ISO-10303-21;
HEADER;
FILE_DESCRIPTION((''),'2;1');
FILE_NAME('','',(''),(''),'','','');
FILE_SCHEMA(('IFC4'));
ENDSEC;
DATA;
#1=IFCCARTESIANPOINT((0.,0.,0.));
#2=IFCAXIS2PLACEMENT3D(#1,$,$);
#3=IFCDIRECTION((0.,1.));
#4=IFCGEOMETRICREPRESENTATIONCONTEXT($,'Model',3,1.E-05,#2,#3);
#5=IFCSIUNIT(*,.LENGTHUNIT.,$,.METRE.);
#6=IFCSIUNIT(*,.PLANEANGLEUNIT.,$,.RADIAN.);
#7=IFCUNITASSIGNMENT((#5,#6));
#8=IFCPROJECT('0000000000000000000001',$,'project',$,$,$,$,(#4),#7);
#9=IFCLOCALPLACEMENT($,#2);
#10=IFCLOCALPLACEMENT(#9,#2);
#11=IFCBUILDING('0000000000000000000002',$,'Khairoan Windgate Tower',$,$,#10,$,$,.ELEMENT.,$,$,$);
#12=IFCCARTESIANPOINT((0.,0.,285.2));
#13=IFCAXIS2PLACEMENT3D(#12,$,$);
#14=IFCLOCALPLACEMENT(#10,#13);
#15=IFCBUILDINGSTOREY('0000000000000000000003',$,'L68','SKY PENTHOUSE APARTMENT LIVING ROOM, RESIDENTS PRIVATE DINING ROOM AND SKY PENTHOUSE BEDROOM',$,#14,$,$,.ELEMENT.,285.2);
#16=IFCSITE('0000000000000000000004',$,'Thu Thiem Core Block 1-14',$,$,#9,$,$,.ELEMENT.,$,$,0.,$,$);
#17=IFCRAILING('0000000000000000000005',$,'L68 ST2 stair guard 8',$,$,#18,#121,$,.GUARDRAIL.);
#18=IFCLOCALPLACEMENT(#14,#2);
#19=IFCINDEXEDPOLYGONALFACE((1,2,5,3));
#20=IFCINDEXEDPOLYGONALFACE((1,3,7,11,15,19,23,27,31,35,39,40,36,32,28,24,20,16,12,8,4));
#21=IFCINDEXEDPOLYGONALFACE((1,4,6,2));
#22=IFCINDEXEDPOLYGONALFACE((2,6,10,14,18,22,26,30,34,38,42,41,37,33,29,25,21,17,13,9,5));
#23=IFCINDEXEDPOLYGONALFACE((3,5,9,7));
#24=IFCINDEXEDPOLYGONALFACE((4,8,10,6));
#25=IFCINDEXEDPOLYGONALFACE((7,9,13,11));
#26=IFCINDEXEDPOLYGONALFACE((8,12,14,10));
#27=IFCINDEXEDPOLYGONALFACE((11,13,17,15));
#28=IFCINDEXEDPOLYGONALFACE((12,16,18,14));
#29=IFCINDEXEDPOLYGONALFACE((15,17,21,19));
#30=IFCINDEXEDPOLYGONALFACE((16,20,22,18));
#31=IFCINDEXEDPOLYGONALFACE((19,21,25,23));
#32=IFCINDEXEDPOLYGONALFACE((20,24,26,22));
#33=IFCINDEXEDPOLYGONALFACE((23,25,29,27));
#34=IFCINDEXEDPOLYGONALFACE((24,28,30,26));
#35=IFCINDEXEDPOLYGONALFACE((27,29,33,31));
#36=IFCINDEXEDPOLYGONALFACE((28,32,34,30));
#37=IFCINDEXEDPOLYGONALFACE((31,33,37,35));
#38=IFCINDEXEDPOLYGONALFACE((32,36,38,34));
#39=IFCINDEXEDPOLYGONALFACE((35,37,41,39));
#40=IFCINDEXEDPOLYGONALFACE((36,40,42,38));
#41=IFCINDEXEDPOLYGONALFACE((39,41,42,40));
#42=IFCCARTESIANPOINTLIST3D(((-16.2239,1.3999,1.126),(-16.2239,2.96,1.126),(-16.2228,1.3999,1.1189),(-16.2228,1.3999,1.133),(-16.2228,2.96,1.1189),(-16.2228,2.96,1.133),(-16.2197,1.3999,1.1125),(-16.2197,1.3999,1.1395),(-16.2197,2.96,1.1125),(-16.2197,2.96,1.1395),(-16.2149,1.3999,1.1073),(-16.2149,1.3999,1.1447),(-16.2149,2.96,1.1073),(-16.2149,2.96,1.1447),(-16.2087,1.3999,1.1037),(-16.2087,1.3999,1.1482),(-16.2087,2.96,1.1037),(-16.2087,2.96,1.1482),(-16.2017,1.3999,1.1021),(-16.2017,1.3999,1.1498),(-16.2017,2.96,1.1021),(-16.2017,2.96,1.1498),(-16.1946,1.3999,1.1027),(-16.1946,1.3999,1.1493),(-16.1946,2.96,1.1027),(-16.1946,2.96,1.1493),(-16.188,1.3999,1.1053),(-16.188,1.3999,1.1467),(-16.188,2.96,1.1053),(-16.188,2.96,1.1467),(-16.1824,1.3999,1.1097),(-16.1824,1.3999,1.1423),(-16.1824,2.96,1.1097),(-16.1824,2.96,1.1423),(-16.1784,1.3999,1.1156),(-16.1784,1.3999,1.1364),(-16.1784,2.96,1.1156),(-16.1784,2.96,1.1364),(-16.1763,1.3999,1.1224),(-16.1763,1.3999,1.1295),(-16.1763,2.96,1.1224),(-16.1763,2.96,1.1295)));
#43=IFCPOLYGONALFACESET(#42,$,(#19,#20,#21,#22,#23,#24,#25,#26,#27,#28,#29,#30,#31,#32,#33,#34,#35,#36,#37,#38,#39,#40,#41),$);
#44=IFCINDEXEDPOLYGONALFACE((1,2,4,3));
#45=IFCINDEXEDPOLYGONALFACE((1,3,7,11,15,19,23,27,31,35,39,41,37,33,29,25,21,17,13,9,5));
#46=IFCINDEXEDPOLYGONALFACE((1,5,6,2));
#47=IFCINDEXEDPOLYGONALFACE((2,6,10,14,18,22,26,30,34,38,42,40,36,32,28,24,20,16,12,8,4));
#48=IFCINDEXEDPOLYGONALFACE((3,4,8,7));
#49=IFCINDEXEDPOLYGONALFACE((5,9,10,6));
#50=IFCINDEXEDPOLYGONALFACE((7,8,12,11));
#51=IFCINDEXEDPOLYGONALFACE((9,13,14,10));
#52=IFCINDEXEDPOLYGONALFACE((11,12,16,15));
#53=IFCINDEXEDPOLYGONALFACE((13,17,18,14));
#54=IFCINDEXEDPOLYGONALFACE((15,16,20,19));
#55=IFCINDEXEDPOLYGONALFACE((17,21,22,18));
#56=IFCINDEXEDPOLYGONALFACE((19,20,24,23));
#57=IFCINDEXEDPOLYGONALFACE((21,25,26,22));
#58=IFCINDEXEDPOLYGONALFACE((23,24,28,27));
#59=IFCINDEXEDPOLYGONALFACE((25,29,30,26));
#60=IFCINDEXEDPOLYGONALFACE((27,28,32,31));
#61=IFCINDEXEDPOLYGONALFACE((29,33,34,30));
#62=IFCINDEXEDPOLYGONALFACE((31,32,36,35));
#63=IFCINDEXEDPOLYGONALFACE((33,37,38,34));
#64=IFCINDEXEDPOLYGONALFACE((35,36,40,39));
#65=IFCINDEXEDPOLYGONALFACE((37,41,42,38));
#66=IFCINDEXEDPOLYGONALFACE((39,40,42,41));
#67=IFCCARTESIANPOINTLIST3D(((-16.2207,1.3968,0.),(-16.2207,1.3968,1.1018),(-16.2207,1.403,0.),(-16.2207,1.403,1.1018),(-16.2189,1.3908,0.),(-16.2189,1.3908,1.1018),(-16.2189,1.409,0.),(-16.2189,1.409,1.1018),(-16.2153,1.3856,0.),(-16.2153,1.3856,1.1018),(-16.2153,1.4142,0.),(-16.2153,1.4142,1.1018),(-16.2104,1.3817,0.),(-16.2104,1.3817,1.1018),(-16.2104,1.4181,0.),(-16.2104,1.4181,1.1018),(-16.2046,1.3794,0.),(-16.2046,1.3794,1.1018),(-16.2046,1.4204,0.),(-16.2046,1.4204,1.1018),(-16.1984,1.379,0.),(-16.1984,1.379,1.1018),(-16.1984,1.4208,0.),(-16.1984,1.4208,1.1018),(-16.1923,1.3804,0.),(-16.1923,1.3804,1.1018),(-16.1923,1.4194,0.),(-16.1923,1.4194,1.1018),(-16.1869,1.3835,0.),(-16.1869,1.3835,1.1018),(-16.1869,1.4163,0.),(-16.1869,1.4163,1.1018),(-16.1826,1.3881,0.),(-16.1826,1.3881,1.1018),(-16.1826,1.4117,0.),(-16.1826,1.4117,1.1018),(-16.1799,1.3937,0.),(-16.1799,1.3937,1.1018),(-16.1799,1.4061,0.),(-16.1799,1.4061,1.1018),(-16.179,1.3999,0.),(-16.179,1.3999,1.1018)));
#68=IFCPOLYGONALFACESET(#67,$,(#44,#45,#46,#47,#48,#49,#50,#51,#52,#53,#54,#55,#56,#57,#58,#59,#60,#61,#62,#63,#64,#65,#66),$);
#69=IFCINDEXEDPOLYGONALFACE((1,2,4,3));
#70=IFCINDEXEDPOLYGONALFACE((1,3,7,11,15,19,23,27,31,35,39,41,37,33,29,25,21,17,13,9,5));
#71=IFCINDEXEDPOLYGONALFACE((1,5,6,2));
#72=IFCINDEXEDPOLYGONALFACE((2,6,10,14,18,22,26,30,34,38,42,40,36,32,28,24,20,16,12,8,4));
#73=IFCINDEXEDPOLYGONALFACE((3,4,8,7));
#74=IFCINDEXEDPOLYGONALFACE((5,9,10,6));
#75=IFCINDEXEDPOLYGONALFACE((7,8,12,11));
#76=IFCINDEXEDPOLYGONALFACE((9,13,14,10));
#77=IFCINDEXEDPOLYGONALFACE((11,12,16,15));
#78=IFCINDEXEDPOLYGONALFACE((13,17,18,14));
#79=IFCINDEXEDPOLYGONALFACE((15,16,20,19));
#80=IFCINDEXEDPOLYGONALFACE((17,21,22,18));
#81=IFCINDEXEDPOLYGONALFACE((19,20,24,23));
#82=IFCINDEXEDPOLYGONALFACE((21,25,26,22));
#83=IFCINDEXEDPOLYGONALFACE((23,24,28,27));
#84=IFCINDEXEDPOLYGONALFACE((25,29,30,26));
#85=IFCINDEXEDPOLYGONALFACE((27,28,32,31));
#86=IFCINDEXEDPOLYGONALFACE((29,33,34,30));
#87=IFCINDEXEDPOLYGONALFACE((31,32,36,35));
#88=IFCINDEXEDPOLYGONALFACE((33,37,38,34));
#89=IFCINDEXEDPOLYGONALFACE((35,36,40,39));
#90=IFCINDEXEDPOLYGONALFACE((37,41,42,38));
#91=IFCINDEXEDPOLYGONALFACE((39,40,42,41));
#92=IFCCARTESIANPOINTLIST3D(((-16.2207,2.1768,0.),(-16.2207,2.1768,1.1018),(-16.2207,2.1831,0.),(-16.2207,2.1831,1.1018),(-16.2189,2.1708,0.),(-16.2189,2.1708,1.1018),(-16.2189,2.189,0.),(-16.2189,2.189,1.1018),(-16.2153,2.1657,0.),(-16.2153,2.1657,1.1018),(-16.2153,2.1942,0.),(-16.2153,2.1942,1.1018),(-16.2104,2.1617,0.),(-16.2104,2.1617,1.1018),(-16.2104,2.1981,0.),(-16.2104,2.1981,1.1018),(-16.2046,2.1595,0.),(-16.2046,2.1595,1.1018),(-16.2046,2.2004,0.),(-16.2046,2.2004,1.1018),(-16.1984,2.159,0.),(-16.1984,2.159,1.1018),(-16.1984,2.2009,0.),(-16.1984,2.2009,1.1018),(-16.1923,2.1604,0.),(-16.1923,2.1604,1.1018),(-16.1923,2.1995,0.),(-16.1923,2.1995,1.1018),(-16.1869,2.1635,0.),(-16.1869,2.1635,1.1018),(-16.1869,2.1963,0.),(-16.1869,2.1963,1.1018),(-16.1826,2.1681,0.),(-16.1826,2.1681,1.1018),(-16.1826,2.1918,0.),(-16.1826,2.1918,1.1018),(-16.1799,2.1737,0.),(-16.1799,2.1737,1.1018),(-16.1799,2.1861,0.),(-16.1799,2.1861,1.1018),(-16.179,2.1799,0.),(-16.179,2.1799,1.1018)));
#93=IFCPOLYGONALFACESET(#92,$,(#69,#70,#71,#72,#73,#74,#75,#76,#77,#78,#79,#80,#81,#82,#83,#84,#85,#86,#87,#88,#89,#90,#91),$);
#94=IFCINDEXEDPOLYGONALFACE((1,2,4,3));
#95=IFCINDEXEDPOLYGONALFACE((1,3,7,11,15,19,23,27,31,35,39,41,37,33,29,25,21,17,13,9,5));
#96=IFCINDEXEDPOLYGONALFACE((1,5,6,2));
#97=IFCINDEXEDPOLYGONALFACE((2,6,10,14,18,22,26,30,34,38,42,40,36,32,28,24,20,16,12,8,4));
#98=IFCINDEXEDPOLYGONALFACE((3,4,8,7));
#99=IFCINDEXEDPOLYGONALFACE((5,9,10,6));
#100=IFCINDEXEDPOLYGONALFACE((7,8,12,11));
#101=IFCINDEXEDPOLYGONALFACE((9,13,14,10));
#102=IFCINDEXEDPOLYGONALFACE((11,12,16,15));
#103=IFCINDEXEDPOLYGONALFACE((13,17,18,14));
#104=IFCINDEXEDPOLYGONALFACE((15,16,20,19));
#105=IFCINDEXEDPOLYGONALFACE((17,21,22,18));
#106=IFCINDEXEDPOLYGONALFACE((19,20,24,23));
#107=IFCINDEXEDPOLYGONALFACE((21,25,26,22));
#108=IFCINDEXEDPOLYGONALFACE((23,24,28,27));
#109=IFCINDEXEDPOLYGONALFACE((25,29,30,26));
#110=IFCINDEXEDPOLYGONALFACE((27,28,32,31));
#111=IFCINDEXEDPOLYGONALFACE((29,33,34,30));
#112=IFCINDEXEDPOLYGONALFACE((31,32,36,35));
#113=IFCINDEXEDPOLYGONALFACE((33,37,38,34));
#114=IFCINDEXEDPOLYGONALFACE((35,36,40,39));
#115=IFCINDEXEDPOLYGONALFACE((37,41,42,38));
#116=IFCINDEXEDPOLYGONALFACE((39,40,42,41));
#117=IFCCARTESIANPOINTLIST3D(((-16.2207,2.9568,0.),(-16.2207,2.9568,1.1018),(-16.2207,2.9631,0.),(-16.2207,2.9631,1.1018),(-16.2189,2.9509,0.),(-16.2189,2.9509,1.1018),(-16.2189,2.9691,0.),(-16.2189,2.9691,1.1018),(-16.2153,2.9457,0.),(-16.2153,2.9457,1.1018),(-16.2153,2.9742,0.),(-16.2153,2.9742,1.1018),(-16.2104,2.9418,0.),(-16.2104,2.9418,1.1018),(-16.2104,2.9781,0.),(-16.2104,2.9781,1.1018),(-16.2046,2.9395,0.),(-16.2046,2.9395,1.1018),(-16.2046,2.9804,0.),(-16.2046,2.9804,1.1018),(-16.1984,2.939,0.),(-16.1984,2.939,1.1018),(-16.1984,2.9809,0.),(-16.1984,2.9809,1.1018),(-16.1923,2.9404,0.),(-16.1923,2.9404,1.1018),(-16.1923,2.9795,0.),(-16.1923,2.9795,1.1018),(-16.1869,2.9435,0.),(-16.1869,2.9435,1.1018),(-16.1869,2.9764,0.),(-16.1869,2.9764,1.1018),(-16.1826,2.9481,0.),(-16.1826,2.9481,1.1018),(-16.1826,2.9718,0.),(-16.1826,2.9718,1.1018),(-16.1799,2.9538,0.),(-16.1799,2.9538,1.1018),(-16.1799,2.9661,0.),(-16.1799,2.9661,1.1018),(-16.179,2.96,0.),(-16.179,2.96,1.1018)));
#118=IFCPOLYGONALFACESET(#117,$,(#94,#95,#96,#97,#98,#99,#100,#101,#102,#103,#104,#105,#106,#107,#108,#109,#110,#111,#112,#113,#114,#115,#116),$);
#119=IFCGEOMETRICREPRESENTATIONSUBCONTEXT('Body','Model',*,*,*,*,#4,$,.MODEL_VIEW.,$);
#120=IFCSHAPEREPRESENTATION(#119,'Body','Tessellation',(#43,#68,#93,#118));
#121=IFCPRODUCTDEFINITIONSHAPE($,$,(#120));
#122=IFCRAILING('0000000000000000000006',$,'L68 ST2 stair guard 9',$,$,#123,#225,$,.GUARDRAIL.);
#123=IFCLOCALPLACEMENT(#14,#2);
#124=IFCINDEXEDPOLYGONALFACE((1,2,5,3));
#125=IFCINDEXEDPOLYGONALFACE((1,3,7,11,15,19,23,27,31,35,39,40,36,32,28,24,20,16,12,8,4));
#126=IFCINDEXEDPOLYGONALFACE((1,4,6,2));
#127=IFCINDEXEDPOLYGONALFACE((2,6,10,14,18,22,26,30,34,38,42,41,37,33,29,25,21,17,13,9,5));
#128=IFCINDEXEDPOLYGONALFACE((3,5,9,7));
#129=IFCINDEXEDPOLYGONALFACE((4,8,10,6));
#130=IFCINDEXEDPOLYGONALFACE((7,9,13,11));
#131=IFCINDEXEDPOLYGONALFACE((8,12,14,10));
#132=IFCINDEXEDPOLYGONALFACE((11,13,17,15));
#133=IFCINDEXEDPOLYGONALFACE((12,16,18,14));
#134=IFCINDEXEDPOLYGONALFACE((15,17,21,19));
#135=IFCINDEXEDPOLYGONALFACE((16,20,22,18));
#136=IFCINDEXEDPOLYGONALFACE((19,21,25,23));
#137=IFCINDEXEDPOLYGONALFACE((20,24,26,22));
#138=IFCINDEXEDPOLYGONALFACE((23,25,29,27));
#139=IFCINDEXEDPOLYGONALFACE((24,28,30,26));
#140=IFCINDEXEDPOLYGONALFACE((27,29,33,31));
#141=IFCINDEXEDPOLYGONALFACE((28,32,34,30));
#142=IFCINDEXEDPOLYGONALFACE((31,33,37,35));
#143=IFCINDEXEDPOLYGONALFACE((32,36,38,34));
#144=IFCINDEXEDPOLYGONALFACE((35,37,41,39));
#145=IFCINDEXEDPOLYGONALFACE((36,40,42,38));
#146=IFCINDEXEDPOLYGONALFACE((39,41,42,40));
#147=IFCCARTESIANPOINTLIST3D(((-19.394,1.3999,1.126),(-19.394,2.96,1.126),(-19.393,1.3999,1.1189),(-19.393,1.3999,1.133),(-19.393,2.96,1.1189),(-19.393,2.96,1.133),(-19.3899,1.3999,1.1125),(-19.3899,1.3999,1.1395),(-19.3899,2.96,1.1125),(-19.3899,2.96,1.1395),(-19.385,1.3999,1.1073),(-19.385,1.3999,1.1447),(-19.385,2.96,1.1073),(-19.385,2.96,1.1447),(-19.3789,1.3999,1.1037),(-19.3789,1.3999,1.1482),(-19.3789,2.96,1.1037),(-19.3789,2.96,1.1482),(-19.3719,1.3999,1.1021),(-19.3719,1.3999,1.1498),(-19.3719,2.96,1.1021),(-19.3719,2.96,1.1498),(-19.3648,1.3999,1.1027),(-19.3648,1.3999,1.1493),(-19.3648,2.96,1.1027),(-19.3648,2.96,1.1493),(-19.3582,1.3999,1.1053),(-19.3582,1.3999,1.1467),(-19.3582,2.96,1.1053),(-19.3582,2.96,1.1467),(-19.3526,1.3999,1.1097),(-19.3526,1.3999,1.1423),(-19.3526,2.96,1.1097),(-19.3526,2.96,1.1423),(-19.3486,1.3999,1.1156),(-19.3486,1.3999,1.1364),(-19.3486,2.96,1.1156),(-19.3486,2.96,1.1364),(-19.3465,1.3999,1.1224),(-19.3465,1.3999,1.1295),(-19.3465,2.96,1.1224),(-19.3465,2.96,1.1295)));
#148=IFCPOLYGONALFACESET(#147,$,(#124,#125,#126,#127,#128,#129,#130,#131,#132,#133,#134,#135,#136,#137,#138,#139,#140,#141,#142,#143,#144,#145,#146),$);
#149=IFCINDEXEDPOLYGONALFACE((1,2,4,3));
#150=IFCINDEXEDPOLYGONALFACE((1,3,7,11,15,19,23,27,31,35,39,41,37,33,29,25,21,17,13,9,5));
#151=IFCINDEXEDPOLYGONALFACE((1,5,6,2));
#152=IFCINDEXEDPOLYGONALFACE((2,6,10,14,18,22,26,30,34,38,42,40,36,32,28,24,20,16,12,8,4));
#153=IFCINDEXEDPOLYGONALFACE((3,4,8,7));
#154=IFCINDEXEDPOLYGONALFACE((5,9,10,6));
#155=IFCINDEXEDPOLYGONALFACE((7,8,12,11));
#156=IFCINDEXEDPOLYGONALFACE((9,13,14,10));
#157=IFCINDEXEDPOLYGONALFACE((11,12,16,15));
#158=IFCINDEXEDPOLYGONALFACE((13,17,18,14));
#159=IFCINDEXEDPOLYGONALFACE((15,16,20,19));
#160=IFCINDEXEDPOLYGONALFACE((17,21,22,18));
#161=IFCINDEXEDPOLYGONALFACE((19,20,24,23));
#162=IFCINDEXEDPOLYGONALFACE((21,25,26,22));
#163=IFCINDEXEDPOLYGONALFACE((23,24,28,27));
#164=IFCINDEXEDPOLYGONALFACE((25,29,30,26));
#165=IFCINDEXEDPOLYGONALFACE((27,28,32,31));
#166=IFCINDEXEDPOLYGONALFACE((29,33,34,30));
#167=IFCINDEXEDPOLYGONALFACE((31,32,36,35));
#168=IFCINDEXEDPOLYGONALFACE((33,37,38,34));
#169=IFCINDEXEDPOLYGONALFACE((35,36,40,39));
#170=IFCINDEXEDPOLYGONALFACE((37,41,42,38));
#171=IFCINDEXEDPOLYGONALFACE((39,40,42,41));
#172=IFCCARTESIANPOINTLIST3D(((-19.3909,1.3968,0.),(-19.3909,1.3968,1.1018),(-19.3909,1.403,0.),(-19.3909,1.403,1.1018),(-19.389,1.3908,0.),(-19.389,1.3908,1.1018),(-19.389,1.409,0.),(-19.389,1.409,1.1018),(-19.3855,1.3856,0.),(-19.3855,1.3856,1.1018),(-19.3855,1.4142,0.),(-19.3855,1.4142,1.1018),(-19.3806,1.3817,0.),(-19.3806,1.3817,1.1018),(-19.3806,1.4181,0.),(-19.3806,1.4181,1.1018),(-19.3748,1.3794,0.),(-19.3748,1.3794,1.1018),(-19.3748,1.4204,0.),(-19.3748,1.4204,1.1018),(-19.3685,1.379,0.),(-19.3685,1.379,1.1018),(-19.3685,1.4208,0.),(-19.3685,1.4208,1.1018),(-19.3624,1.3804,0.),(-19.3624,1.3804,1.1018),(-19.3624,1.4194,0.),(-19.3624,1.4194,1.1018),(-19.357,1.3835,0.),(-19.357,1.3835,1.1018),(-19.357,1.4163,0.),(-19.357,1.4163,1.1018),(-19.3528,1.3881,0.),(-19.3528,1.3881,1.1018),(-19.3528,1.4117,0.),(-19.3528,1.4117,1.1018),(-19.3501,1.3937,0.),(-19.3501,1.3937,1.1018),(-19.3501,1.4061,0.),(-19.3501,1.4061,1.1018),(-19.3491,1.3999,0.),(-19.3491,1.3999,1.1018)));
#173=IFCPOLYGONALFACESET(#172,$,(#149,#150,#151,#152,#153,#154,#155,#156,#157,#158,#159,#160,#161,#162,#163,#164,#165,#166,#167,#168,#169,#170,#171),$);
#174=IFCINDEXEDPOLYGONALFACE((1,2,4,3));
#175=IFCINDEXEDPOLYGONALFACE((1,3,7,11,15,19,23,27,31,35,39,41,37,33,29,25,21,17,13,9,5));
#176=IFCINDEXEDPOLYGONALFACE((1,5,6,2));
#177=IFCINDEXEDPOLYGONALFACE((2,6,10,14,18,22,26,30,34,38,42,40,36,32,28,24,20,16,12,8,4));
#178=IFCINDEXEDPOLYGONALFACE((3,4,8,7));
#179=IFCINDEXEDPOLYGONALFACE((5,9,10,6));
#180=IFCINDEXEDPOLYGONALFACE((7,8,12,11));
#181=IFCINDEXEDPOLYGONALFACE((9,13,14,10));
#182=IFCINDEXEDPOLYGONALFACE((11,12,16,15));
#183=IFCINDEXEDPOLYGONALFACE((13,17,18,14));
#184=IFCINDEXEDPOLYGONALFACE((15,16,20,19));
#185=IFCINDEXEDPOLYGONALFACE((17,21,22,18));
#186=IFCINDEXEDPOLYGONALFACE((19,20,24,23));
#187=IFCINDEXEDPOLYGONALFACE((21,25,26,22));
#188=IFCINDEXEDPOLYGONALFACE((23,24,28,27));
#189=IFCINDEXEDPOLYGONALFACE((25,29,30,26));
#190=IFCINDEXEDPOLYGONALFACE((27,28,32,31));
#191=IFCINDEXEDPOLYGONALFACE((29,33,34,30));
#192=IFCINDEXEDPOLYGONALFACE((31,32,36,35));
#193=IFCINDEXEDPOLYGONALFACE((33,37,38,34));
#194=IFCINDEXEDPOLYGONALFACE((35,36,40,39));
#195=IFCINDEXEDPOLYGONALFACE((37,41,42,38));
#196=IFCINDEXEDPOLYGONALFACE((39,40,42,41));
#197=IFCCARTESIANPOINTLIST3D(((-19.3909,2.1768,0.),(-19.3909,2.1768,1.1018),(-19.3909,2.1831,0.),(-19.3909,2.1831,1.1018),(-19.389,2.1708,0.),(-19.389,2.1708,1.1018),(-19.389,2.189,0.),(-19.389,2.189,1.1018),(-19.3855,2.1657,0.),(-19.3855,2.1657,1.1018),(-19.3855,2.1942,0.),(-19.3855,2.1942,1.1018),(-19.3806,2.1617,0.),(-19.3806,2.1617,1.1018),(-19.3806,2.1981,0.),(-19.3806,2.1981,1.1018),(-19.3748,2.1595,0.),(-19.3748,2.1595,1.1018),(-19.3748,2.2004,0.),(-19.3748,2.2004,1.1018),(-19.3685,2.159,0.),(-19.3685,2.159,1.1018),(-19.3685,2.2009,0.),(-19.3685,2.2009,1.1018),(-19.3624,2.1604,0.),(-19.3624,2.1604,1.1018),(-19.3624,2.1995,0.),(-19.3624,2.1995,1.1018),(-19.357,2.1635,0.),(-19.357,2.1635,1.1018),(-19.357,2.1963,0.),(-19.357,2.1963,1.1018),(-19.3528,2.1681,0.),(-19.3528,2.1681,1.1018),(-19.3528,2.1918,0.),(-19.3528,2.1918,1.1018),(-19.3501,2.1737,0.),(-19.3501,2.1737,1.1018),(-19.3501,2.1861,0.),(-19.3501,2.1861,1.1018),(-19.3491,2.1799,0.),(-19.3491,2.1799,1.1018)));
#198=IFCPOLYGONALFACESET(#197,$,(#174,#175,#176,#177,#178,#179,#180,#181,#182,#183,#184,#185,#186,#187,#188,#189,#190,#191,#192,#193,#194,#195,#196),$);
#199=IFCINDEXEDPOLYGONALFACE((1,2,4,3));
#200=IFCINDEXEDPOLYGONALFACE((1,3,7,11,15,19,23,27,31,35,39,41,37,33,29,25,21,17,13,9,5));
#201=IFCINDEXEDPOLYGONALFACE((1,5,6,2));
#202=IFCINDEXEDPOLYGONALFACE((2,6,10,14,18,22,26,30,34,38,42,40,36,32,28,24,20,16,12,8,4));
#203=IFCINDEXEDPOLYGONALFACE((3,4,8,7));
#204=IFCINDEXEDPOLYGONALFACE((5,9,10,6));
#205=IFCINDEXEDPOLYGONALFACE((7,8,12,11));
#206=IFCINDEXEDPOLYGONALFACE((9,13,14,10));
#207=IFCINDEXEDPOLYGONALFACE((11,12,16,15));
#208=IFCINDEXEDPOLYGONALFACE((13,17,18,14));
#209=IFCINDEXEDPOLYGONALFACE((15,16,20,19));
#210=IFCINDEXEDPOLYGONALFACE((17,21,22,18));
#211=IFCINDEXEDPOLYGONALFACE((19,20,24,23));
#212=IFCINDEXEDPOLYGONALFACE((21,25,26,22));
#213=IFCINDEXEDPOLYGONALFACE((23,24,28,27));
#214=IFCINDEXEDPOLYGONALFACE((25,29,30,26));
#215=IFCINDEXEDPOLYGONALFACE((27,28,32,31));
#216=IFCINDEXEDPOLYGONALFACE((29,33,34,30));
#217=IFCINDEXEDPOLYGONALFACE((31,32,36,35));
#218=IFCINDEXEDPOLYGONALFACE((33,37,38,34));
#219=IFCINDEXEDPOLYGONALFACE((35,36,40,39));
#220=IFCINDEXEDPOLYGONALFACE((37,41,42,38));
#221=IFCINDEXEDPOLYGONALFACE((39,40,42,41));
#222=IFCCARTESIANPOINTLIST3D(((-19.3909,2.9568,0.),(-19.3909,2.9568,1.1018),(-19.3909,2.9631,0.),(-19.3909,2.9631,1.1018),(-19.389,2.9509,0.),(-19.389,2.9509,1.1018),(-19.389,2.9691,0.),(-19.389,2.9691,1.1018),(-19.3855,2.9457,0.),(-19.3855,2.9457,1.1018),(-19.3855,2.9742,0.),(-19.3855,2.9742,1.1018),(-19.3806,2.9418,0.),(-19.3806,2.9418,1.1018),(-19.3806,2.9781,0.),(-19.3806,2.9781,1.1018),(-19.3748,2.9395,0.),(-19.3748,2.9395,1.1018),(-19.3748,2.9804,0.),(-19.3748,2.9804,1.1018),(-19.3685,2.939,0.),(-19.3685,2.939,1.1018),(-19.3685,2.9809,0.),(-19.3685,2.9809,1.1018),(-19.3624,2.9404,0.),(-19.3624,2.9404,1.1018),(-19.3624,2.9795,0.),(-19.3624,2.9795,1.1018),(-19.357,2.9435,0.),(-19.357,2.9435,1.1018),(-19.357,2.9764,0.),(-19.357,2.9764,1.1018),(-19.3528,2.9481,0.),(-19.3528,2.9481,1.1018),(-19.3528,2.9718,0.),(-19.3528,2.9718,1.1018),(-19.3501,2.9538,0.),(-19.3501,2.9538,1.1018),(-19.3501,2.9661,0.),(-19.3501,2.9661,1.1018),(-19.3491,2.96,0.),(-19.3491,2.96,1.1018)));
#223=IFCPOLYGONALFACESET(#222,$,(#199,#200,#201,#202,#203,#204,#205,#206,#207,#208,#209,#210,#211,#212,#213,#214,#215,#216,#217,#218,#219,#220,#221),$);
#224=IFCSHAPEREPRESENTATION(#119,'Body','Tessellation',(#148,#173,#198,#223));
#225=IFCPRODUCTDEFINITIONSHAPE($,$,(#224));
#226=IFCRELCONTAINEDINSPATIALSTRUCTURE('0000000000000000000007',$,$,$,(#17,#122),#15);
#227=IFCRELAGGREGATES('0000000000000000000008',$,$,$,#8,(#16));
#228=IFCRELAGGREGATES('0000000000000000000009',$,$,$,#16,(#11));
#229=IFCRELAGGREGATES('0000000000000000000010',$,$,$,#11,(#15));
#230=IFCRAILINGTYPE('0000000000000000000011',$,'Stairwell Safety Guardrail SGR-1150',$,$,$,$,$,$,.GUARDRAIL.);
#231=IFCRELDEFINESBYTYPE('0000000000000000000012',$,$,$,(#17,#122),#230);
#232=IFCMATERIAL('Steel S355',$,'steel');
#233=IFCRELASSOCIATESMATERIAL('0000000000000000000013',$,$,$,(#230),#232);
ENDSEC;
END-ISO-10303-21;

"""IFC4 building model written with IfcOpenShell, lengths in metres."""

from ifc_helpers import new_model, si_unit, direction, frame, origin, origin_2d, place, context, subcontext, project, spatial, circle, extrude, material, type_object, element, save


model = new_model("IFC4")

# Units and contexts
model_context = context("Model", 3, precision=1e-05, world=origin(), true_north=direction((0.0, 1.0)))
body_context = subcontext(model_context, "Body", "Model", "MODEL_VIEW")
ifc_project = project(units=[si_unit("LENGTHUNIT", "METRE"), si_unit("PLANEANGLEUNIT", "RADIAN")], contexts=[model_context])

# Site, building, storey
site_placement = place(None, origin())
site = spatial("IfcSite", under=ifc_project, at=site_placement, Name="Thu Thiem Core Block 1-14", CompositionType="ELEMENT", RefElevation=0.0)
building_placement = place(site_placement, origin())
building = spatial("IfcBuilding", under=site, at=building_placement, Name="Khairoan Windgate Tower", CompositionType="ELEMENT")
storey_placement = place(building_placement, frame((0.0, 0.0, 285.2)))
storey = spatial("IfcBuildingStorey", under=building, at=storey_placement, Name="L68", Description="SKY PENTHOUSE APARTMENT LIVING ROOM, RESIDENTS PRIVATE DINING ROOM AND SKY PENTHOUSE BEDROOM", CompositionType="ELEMENT", Elevation=285.2)

# Railings
ifc_material_1 = material(Name="Steel S355", Category="steel")
railing_type = type_object("IfcRailingType", Name="Stairwell Safety Guardrail SGR-1150", PredefinedType="GUARDRAIL", material=ifc_material_1)
for number, where, name in (
    (1, (-16.2, 1.3999, 0.0), "L68 ST2 stair guard 8"),
    (2, (-19.3701, 1.3999, 0.0), "L68 ST2 stair guard 9"),
):
    element("IfcRailing", number, at=place(storey_placement, frame(where)), inside=storey, type_object=railing_type, Name=name, PredefinedType="GUARDRAIL", context=body_context, shape_type="SweptSolid", body=[
        extrude(circle(Radius=0.0239, at=origin_2d()), frame((0.0, 0.0, 1.126), z_axis=(0.0, 1.0, 0.0), x_axis=(-1.0, 0.0, 0.0)), (0.0, 0.0, 1.0), 1.5601),
        extrude(circle(Radius=0.021, at=origin_2d()), origin(), (0.0, 0.0, 1.0), 1.1018),
        extrude(circle(Radius=0.021, at=origin_2d()), frame((0.0, 0.78, 0.0)), (0.0, 0.0, 1.0), 1.1018),
        extrude(circle(Radius=0.021, at=origin_2d()), frame((0.0, 1.5601, 0.0)), (0.0, 0.0, 1.0), 1.1018),
    ])

save(model, "model.ifc")
